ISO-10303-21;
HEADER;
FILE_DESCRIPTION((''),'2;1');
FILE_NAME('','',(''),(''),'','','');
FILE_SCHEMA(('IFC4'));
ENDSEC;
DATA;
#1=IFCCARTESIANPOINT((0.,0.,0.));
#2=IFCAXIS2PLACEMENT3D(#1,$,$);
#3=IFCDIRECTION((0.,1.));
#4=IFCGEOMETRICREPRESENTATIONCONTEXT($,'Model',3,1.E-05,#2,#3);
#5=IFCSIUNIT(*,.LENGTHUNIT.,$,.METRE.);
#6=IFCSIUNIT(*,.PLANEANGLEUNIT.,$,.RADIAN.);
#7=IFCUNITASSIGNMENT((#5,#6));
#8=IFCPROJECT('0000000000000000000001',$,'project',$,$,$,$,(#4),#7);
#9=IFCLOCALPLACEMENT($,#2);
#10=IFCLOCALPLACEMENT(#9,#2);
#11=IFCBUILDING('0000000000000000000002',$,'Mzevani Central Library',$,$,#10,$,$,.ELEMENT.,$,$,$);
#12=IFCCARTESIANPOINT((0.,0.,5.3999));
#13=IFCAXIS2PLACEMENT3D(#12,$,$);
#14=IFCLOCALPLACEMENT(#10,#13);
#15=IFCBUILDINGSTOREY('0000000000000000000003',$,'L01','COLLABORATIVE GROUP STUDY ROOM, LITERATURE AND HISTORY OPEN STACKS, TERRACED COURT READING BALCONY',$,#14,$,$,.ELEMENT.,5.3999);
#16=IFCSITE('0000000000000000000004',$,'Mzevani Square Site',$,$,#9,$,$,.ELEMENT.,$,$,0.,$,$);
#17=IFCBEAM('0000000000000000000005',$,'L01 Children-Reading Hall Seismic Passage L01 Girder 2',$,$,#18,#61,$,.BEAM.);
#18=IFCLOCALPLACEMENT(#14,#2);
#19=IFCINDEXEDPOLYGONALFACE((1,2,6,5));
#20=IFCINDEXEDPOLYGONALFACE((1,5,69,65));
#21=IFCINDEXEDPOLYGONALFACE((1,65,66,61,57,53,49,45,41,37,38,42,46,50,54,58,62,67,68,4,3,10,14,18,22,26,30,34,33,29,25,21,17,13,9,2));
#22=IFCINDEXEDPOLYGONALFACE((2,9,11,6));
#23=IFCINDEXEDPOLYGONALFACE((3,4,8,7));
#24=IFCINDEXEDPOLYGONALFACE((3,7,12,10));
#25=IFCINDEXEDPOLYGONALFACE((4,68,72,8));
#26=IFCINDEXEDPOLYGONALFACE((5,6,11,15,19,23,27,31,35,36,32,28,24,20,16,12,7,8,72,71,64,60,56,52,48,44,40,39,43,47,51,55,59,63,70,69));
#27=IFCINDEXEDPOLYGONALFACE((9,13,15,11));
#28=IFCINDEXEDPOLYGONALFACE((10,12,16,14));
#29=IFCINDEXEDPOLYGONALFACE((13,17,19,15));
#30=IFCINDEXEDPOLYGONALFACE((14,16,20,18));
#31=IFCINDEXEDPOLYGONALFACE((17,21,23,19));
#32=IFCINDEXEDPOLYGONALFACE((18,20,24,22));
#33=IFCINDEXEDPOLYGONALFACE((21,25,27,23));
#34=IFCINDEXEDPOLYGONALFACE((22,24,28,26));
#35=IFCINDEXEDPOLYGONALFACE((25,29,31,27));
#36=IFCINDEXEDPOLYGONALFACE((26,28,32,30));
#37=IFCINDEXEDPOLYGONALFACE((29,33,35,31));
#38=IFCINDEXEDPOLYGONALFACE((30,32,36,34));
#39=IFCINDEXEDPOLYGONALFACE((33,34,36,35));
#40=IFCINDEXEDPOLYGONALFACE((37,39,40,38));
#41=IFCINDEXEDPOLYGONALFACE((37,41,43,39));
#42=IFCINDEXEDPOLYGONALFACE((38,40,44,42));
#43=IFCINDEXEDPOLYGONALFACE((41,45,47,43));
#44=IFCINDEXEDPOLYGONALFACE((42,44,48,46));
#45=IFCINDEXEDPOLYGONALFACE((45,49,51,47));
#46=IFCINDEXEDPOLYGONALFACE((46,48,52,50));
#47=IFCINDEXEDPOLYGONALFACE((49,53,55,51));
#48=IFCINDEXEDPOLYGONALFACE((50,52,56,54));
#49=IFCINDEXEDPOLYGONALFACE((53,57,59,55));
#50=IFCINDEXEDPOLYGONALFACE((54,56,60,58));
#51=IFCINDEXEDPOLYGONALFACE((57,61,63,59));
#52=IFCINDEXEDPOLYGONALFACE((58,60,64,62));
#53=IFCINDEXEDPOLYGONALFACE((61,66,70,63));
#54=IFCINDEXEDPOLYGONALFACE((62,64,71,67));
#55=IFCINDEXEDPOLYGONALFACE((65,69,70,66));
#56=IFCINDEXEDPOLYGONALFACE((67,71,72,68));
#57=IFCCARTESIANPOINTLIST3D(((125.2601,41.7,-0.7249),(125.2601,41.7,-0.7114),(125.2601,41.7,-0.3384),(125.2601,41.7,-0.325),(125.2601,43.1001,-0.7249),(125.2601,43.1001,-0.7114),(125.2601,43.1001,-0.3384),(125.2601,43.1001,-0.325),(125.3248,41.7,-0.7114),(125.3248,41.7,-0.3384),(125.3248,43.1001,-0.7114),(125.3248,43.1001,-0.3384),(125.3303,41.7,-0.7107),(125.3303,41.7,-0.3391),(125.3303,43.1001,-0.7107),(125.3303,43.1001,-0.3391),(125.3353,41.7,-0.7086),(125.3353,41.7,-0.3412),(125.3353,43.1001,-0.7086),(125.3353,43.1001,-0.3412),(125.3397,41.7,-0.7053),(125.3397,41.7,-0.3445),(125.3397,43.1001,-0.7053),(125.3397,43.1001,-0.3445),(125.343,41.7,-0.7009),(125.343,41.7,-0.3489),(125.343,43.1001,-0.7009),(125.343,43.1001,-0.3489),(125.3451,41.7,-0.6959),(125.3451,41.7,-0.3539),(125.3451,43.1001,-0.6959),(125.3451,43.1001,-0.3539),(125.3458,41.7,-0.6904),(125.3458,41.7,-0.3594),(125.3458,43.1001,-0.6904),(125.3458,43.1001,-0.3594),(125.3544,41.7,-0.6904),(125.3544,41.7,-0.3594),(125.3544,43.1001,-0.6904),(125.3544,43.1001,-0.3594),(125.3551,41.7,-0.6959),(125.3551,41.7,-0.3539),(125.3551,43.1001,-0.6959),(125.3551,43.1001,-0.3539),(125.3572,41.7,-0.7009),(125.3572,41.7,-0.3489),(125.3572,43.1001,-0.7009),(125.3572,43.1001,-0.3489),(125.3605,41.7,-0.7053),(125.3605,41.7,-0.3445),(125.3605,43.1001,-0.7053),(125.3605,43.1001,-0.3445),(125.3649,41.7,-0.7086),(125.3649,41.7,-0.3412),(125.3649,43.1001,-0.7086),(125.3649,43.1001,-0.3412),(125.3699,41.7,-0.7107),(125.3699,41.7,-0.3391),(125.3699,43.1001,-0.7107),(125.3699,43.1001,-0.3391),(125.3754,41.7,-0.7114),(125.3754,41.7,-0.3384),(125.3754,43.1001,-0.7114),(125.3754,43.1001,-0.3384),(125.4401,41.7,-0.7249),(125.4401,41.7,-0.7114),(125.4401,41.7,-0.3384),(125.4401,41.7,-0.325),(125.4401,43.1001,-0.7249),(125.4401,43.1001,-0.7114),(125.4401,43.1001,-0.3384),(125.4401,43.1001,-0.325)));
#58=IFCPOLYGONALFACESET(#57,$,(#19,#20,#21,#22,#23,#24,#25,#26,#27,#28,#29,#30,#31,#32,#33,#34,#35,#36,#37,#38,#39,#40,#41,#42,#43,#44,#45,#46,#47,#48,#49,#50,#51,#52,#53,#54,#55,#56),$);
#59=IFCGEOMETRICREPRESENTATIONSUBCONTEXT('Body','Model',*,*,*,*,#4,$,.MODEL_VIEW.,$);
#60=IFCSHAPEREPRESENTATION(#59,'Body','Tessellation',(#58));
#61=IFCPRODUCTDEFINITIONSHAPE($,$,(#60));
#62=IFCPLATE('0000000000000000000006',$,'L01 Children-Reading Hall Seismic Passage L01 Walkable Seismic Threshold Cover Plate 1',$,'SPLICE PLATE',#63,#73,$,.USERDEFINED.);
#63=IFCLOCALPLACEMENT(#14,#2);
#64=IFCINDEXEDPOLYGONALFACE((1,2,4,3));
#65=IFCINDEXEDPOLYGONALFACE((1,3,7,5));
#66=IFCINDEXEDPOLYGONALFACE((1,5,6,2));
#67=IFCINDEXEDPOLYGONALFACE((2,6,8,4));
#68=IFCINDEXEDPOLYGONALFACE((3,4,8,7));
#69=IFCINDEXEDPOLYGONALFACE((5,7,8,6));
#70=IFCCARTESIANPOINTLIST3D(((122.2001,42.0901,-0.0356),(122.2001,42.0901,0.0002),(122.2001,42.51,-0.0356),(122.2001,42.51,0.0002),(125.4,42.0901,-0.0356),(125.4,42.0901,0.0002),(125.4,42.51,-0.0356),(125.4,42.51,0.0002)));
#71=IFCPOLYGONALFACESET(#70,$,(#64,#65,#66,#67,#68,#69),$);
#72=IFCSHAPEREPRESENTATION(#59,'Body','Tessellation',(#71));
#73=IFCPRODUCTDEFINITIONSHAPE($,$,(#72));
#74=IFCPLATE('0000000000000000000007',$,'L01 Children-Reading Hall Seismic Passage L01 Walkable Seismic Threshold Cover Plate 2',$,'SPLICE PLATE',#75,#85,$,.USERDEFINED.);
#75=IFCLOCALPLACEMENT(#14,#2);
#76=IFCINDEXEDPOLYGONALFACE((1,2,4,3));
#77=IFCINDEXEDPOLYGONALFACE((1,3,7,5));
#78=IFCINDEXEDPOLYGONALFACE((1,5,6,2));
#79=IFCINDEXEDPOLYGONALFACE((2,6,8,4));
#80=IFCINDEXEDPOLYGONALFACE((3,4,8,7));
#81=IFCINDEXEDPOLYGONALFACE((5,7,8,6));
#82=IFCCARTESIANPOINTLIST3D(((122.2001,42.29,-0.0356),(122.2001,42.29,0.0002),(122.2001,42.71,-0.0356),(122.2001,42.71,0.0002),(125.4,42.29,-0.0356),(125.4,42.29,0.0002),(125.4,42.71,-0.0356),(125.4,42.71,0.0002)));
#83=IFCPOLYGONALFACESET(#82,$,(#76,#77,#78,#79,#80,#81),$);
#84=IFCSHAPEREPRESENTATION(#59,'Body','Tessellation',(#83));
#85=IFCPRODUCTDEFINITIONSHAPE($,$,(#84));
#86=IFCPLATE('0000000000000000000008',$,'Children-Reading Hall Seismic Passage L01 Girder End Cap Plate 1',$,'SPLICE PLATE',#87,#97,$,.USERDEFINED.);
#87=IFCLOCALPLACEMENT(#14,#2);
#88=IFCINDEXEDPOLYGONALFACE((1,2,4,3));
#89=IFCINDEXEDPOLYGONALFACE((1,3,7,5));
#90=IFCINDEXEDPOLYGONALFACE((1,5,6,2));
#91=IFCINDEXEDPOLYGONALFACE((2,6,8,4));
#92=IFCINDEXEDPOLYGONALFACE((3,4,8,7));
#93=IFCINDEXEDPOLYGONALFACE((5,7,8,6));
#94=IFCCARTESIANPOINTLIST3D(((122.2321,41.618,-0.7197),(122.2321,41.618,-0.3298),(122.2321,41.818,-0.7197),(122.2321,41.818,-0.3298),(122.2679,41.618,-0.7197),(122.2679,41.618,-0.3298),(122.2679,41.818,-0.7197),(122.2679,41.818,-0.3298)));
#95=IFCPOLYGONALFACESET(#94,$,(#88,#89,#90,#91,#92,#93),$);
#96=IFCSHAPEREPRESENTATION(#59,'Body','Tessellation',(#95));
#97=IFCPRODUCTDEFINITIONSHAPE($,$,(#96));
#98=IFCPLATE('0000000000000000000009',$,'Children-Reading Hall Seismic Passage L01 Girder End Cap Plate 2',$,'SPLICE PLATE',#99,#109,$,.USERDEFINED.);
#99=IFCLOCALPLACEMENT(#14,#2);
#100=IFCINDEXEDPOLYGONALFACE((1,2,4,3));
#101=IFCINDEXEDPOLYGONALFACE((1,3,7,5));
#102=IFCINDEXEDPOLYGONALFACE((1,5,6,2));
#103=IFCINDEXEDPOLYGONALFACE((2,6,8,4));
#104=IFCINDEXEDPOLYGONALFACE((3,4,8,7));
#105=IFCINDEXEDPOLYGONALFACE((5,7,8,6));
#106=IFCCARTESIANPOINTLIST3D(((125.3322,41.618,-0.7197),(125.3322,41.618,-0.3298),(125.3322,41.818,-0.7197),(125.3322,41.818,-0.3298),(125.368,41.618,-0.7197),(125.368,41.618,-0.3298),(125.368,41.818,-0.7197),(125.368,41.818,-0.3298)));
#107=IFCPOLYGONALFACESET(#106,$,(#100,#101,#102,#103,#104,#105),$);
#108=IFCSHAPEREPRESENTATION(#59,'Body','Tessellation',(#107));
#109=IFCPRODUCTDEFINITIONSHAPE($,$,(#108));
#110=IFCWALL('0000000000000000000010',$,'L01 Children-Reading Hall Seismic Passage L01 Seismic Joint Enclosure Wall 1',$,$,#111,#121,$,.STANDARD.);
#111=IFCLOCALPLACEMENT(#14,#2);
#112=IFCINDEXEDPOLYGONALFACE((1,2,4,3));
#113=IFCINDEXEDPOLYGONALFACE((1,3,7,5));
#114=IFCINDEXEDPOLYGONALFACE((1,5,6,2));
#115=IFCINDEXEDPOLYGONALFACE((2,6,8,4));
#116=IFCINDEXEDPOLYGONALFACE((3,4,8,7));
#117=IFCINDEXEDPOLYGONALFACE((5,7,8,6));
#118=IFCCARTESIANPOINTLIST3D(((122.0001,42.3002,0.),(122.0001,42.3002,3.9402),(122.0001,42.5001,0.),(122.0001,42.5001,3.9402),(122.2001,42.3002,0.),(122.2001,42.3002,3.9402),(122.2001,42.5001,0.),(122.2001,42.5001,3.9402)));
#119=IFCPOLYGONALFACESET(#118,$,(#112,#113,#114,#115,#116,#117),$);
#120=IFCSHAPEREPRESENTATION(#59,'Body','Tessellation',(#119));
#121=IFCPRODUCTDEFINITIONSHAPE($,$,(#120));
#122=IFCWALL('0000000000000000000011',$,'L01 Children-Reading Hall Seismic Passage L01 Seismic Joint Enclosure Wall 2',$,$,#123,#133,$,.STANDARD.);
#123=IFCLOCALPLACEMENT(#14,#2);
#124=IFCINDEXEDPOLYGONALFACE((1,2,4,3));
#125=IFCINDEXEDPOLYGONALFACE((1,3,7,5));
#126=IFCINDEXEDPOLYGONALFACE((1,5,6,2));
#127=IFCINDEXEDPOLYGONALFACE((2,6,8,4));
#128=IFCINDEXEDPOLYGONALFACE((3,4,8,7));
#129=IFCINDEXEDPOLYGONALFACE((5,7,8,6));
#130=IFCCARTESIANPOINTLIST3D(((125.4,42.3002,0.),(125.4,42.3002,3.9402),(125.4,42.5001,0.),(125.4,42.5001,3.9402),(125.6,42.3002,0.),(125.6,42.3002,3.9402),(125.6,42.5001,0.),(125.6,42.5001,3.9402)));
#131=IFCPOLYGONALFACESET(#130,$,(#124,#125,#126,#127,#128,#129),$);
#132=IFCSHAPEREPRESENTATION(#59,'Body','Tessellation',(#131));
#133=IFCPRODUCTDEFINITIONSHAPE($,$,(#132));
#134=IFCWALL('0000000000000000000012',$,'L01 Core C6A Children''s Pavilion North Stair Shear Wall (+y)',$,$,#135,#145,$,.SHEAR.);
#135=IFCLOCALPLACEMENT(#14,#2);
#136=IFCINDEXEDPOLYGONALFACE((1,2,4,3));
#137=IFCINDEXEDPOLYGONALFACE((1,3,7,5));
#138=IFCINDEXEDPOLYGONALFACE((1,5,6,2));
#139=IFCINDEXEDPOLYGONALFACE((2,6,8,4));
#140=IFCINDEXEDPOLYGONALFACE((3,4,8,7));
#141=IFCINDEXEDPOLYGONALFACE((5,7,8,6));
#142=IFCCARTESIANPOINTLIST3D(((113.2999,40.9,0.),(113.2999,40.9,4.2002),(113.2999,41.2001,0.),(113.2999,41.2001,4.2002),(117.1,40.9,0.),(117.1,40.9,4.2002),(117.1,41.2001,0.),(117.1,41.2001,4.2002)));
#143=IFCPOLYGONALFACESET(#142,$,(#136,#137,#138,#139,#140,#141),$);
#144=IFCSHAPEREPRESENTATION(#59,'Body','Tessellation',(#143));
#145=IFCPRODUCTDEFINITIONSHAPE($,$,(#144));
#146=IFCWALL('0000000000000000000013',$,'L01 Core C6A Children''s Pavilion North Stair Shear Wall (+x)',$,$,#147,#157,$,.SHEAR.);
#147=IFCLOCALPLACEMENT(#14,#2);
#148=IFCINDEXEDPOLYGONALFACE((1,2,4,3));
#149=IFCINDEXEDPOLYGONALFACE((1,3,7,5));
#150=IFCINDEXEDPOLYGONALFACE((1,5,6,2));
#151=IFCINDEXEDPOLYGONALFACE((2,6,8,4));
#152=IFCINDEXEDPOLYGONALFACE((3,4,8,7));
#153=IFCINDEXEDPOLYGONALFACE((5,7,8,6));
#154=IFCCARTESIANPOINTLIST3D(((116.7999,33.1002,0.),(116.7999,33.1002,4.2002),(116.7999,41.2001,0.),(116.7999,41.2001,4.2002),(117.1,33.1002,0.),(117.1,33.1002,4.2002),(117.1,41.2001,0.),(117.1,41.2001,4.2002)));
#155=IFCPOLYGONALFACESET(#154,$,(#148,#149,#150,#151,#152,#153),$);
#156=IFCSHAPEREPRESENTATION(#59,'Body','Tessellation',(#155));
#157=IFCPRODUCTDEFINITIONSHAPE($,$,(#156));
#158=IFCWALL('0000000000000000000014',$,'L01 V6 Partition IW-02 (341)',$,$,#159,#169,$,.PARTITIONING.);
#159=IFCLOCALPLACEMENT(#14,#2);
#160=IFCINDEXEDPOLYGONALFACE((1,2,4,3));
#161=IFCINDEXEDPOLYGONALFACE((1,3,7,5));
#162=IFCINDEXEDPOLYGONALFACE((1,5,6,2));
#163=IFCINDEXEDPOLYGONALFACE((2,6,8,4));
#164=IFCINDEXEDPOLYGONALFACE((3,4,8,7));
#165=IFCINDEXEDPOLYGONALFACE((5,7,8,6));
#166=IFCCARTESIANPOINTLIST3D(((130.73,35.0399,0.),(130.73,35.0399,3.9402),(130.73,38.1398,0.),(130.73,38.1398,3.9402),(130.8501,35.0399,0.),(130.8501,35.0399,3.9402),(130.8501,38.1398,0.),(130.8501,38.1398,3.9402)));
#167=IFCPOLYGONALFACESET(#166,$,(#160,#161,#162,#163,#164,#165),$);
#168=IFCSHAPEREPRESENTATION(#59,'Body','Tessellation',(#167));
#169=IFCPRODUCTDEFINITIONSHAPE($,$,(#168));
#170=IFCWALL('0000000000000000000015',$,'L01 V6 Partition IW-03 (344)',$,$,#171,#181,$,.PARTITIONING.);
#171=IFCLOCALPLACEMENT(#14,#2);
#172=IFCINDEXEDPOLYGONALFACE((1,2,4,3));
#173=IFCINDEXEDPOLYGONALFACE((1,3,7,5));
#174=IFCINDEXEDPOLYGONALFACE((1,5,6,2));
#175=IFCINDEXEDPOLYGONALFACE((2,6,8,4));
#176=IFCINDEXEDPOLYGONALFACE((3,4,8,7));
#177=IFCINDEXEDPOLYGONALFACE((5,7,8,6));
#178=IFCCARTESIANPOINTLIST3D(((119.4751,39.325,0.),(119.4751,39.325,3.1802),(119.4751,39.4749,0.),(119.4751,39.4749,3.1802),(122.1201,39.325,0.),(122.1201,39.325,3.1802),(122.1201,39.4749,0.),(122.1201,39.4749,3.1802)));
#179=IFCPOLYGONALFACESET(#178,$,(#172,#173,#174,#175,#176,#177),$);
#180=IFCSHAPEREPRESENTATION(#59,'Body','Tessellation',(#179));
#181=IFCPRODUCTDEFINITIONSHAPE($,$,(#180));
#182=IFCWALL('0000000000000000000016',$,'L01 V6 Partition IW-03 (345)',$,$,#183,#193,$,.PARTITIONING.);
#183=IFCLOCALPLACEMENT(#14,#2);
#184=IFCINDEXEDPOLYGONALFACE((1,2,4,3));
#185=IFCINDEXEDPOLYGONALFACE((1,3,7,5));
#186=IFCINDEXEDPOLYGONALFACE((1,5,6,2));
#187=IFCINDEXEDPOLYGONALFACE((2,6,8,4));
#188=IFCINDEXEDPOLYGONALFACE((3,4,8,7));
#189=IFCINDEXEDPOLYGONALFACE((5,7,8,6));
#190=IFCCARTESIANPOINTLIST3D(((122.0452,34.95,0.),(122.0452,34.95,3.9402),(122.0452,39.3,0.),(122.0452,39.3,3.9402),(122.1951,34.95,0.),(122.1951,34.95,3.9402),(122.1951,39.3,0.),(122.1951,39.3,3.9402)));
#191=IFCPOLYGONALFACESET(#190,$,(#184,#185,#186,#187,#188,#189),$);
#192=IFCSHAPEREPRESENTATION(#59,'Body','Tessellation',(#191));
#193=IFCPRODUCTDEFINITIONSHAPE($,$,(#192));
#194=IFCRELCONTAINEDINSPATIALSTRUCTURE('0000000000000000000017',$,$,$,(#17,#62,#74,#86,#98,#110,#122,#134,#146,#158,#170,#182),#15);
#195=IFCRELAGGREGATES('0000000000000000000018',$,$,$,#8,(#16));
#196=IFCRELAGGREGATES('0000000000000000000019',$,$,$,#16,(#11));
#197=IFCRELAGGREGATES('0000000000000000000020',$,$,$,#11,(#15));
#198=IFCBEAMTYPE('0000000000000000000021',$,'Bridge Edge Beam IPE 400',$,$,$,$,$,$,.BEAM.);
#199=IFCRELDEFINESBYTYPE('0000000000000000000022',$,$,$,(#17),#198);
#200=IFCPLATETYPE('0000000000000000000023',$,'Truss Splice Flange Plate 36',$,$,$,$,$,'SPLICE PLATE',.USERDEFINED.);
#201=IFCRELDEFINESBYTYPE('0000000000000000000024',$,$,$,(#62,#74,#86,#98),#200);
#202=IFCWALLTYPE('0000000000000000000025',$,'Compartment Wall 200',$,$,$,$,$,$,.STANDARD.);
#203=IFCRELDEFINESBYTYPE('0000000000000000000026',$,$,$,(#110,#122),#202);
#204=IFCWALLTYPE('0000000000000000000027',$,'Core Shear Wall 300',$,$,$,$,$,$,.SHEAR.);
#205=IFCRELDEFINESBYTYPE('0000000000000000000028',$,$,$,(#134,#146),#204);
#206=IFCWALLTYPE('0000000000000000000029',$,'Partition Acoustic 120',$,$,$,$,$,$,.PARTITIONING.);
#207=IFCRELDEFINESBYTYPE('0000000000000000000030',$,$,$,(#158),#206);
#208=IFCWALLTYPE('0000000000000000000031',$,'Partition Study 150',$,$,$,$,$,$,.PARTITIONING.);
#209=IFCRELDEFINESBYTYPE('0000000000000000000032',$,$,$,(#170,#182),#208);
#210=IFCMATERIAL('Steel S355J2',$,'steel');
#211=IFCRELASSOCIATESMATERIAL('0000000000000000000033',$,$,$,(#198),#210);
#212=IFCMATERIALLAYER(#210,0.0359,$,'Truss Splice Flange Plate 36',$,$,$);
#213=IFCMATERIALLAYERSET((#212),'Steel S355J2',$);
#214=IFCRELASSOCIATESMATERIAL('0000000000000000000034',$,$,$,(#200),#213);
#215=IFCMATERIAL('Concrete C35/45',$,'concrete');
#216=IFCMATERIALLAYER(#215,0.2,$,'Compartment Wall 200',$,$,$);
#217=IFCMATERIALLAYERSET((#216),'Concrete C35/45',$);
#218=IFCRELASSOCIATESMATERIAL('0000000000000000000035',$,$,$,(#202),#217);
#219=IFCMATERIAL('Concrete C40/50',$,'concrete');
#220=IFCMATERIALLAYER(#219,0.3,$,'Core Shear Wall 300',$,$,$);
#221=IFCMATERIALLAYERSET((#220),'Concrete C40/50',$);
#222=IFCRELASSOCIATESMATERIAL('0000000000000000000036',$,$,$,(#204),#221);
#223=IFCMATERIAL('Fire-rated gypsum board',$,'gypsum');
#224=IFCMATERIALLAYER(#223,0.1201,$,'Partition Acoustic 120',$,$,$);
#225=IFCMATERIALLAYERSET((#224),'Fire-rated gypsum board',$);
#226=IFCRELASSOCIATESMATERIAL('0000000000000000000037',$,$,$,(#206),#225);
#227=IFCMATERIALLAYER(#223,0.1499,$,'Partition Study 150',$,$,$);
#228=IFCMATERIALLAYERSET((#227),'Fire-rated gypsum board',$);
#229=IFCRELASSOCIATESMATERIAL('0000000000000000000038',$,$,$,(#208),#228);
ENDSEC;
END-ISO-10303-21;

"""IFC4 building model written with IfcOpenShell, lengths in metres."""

from ifc_helpers import new_model, si_unit, direction, frame, frame_2d, origin, origin_2d, place, context, subcontext, project, spatial, rectangle, i_section, extrude, material, layer, layer_set, material_profile, profile_set, type_object, element, save


model = new_model("IFC4")

# Units and contexts
model_context = context("Model", 3, precision=1e-05, world=origin(), true_north=direction((0.0, 1.0)))
body_context = subcontext(model_context, "Body", "Model", "MODEL_VIEW")
ifc_project = project(units=[si_unit("LENGTHUNIT", "METRE"), si_unit("PLANEANGLEUNIT", "RADIAN")], contexts=[model_context])

# Site, building, storey
site_placement = place(None, origin())
site = spatial("IfcSite", under=ifc_project, at=site_placement, Name="Mzevani Square Site", CompositionType="ELEMENT", RefElevation=0.0)
building_placement = place(site_placement, origin())
building = spatial("IfcBuilding", under=site, at=building_placement, Name="Mzevani Central Library", CompositionType="ELEMENT")
storey_placement = place(building_placement, frame((0.0, 0.0, 5.3999)))
storey = spatial("IfcBuildingStorey", under=building, at=storey_placement, Name="L01", Description="COLLABORATIVE GROUP STUDY ROOM, LITERATURE AND HISTORY OPEN STACKS, TERRACED COURT READING BALCONY", CompositionType="ELEMENT", Elevation=5.3999)

# Shared definitions
ifc_material_1 = material(Name="Steel S355J2", Category="steel")
ifc_material_2 = material(Name="Concrete C40/50", Category="concrete")

# Beam
ifc_material_3 = material(Name="Concrete C35/45", Category="concrete")
ifc_material_profile_1 = material_profile(ifc_material_1, i_section(OverallWidth=0.1799, OverallDepth=0.3999, WebThickness=0.0085, FlangeThickness=0.0134, FilletRadius=0.021, at=origin_2d()), Name="IPE 400")
ifc_profile_set_1 = profile_set([ifc_material_profile_1], Name="Steel S355J2")
beam_type_1 = type_object("IfcBeamType", Name="Bridge Edge Beam IPE 400", PredefinedType="BEAM", material=ifc_profile_set_1)
for number, where, z_axis, x_axis, name in (
    (1, (125.3501, 41.7, -0.5249), (0.0, 1.0, 0.0), (-1.0, 0.0, 0.0), "L01 Children-Reading Hall Seismic Passage L01 Girder 2"),
):
    element("IfcBeam", number, at=place(storey_placement, frame(where, z_axis=z_axis, x_axis=x_axis)), inside=storey, type_object=beam_type_1, Name=name, PredefinedType="BEAM", context=body_context, shape_type="SweptSolid", body=[
        extrude(i_section(OverallWidth=0.1799, OverallDepth=0.3999, WebThickness=0.0085, FlangeThickness=0.0134, FilletRadius=0.021, at=origin_2d()), origin(), (0.0, 0.0, 1.0), 1.4001),
    ])

# Plates
ifc_layer_1 = layer(ifc_material_1, 0.0359, Name="Truss Splice Flange Plate 36")
ifc_layer_set_1 = layer_set([ifc_layer_1], Name="Steel S355J2")
plate_type = type_object("IfcPlateType", Name="Truss Splice Flange Plate 36", ElementType="SPLICE PLATE", PredefinedType="USERDEFINED", material=ifc_layer_set_1)
for number, where, z_axis, x_axis, name in (
    (2, (123.8, 42.3, -0.0356), (0.0, 0.0, 1.0), (1.0, 0.0, 0.0), "L01 Children-Reading Hall Seismic Passage L01 Walkable Seismic Threshold Cover Plate 1"),
    (3, (123.8, 42.5, -0.0356), (0.0, 0.0, 1.0), (1.0, 0.0, 0.0), "L01 Children-Reading Hall Seismic Passage L01 Walkable Seismic Threshold Cover Plate 2"),
):
    element("IfcPlate", number, at=place(storey_placement, frame(where, z_axis=z_axis, x_axis=x_axis)), inside=storey, type_object=plate_type, Name=name, ObjectType="SPLICE PLATE", PredefinedType="USERDEFINED", context=body_context, shape_type="SweptSolid", body=[
        extrude(rectangle(XDim=3.2, YDim=0.4199, at=origin_2d()), origin(), (0.0, 0.0, 1.0), 0.0359),
    ])
for number, where, z_axis, x_axis, name in (
    (4, (122.25, 41.718, -0.7197), (0.0, 0.0, 1.0), (0.0, 1.0, 0.0), "Children-Reading Hall Seismic Passage L01 Girder End Cap Plate 1"),
    (5, (125.3501, 41.718, -0.7197), (0.0, 0.0, 1.0), (0.0, 1.0, 0.0), "Children-Reading Hall Seismic Passage L01 Girder End Cap Plate 2"),
):
    element("IfcPlate", number, at=place(storey_placement, frame(where, z_axis=z_axis, x_axis=x_axis)), inside=storey, type_object=plate_type, Name=name, ObjectType="SPLICE PLATE", PredefinedType="USERDEFINED", context=body_context, shape_type="SweptSolid", body=[
        extrude(rectangle(XDim=0.2, YDim=0.0359, at=origin_2d()), origin(), (0.0, 0.0, 1.0), 0.3899),
    ])

# Walls
ifc_layer_2 = layer(ifc_material_3, 0.2, Name="Compartment Wall 200")
ifc_layer_set_2 = layer_set([ifc_layer_2], Name="Concrete C35/45")
wall_type_1 = type_object("IfcWallType", Name="Compartment Wall 200", PredefinedType="STANDARD", material=ifc_layer_set_2)
for number, where, z_axis, x_axis, name in (
    (6, (122.1001, 42.3, 0.0), (0.0, 0.0, 1.0), (0.0, 1.0, 0.0), "L01 Children-Reading Hall Seismic Passage L01 Seismic Joint Enclosure Wall 1"),
    (7, (125.5, 42.3, 0.0), (0.0, 0.0, 1.0), (0.0, 1.0, 0.0), "L01 Children-Reading Hall Seismic Passage L01 Seismic Joint Enclosure Wall 2"),
):
    element("IfcWall", number, at=place(storey_placement, frame(where, z_axis=z_axis, x_axis=x_axis)), inside=storey, type_object=wall_type_1, Name=name, PredefinedType="STANDARD", context=body_context, shape_type="SweptSolid", body=[
        extrude(rectangle(XDim=0.2, YDim=0.2, at=frame_2d((0.1001, 0.0))), origin(), (0.0, 0.0, 1.0), 3.9402),
    ])
ifc_layer_3 = layer(ifc_material_2, 0.3, Name="Core Shear Wall 300")
ifc_layer_set_3 = layer_set([ifc_layer_3], Name="Concrete C40/50")
wall_type_2 = type_object("IfcWallType", Name="Core Shear Wall 300", PredefinedType="SHEAR", material=ifc_layer_set_3)
wall_1_placement = place(storey_placement, frame((113.3, 41.05, 0.0), z_axis=(0.0, 0.0, 1.0), x_axis=(1.0, 0.0, 0.0)))
element("IfcWall", 8, at=wall_1_placement, inside=storey, type_object=wall_type_2, Name="L01 Core C6A Children's Pavilion North Stair Shear Wall (+y)", PredefinedType="SHEAR", context=body_context, shape_type="SweptSolid", body=[
    extrude(rectangle(XDim=3.8, YDim=0.3, at=frame_2d((1.8999, 0.0))), origin(), (0.0, 0.0, 1.0), 4.2002),
])
wall_2_placement = place(storey_placement, frame((116.95, 41.2, 0.0), z_axis=(0.0, 0.0, 1.0), x_axis=(0.0, -1.0, 0.0)))
element("IfcWall", 9, at=wall_2_placement, inside=storey, type_object=wall_type_2, Name="L01 Core C6A Children's Pavilion North Stair Shear Wall (+x)", PredefinedType="SHEAR", context=body_context, shape_type="SweptSolid", body=[
    extrude(rectangle(XDim=8.0999, YDim=0.3, at=frame_2d((4.0498, 0.0))), origin(), (0.0, 0.0, 1.0), 4.2002),
])
ifc_material_4 = material(Name="Fire-rated gypsum board", Category="gypsum")
ifc_layer_4 = layer(ifc_material_4, 0.1201, Name="Partition Acoustic 120")
ifc_layer_set_4 = layer_set([ifc_layer_4], Name="Fire-rated gypsum board")
wall_type_3 = type_object("IfcWallType", Name="Partition Acoustic 120", PredefinedType="PARTITIONING", material=ifc_layer_set_4)
wall_3_placement = place(storey_placement, frame((130.79, 35.04, 0.0), z_axis=(0.0, 0.0, 1.0), x_axis=(0.0, 1.0, 0.0)))
element("IfcWall", 10, at=wall_3_placement, inside=storey, type_object=wall_type_3, Name="L01 V6 Partition IW-02 (341)", PredefinedType="PARTITIONING", context=body_context, shape_type="SweptSolid", body=[
    extrude(rectangle(XDim=3.0999, YDim=0.1201, at=frame_2d((1.5498, 0.0))), origin(), (0.0, 0.0, 1.0), 3.9402),
])

# Walls
ifc_layer_5 = layer(ifc_material_4, 0.1499, Name="Partition Study 150")
ifc_layer_set_5 = layer_set([ifc_layer_5], Name="Fire-rated gypsum board")
wall_type_4 = type_object("IfcWallType", Name="Partition Study 150", PredefinedType="PARTITIONING", material=ifc_layer_set_5)
wall_4_placement = place(storey_placement, frame((119.4751, 39.3999, 0.0), z_axis=(0.0, 0.0, 1.0), x_axis=(1.0, 0.0, 0.0)))
element("IfcWall", 11, at=wall_4_placement, inside=storey, type_object=wall_type_4, Name="L01 V6 Partition IW-03 (344)", PredefinedType="PARTITIONING", context=body_context, shape_type="SweptSolid", body=[
    extrude(rectangle(XDim=2.645, YDim=0.1499, at=frame_2d((1.3225, 0.0))), origin(), (0.0, 0.0, 1.0), 3.1802),
])
wall_5_placement = place(storey_placement, frame((122.1201, 39.3, 0.0), z_axis=(0.0, 0.0, 1.0), x_axis=(0.0, -1.0, 0.0)))
element("IfcWall", 12, at=wall_5_placement, inside=storey, type_object=wall_type_4, Name="L01 V6 Partition IW-03 (345)", PredefinedType="PARTITIONING", context=body_context, shape_type="SweptSolid", body=[
    extrude(rectangle(XDim=4.3501, YDim=0.1499, at=frame_2d((2.175, 0.0))), origin(), (0.0, 0.0, 1.0), 3.9402),
])

save(model, "model.ifc")
